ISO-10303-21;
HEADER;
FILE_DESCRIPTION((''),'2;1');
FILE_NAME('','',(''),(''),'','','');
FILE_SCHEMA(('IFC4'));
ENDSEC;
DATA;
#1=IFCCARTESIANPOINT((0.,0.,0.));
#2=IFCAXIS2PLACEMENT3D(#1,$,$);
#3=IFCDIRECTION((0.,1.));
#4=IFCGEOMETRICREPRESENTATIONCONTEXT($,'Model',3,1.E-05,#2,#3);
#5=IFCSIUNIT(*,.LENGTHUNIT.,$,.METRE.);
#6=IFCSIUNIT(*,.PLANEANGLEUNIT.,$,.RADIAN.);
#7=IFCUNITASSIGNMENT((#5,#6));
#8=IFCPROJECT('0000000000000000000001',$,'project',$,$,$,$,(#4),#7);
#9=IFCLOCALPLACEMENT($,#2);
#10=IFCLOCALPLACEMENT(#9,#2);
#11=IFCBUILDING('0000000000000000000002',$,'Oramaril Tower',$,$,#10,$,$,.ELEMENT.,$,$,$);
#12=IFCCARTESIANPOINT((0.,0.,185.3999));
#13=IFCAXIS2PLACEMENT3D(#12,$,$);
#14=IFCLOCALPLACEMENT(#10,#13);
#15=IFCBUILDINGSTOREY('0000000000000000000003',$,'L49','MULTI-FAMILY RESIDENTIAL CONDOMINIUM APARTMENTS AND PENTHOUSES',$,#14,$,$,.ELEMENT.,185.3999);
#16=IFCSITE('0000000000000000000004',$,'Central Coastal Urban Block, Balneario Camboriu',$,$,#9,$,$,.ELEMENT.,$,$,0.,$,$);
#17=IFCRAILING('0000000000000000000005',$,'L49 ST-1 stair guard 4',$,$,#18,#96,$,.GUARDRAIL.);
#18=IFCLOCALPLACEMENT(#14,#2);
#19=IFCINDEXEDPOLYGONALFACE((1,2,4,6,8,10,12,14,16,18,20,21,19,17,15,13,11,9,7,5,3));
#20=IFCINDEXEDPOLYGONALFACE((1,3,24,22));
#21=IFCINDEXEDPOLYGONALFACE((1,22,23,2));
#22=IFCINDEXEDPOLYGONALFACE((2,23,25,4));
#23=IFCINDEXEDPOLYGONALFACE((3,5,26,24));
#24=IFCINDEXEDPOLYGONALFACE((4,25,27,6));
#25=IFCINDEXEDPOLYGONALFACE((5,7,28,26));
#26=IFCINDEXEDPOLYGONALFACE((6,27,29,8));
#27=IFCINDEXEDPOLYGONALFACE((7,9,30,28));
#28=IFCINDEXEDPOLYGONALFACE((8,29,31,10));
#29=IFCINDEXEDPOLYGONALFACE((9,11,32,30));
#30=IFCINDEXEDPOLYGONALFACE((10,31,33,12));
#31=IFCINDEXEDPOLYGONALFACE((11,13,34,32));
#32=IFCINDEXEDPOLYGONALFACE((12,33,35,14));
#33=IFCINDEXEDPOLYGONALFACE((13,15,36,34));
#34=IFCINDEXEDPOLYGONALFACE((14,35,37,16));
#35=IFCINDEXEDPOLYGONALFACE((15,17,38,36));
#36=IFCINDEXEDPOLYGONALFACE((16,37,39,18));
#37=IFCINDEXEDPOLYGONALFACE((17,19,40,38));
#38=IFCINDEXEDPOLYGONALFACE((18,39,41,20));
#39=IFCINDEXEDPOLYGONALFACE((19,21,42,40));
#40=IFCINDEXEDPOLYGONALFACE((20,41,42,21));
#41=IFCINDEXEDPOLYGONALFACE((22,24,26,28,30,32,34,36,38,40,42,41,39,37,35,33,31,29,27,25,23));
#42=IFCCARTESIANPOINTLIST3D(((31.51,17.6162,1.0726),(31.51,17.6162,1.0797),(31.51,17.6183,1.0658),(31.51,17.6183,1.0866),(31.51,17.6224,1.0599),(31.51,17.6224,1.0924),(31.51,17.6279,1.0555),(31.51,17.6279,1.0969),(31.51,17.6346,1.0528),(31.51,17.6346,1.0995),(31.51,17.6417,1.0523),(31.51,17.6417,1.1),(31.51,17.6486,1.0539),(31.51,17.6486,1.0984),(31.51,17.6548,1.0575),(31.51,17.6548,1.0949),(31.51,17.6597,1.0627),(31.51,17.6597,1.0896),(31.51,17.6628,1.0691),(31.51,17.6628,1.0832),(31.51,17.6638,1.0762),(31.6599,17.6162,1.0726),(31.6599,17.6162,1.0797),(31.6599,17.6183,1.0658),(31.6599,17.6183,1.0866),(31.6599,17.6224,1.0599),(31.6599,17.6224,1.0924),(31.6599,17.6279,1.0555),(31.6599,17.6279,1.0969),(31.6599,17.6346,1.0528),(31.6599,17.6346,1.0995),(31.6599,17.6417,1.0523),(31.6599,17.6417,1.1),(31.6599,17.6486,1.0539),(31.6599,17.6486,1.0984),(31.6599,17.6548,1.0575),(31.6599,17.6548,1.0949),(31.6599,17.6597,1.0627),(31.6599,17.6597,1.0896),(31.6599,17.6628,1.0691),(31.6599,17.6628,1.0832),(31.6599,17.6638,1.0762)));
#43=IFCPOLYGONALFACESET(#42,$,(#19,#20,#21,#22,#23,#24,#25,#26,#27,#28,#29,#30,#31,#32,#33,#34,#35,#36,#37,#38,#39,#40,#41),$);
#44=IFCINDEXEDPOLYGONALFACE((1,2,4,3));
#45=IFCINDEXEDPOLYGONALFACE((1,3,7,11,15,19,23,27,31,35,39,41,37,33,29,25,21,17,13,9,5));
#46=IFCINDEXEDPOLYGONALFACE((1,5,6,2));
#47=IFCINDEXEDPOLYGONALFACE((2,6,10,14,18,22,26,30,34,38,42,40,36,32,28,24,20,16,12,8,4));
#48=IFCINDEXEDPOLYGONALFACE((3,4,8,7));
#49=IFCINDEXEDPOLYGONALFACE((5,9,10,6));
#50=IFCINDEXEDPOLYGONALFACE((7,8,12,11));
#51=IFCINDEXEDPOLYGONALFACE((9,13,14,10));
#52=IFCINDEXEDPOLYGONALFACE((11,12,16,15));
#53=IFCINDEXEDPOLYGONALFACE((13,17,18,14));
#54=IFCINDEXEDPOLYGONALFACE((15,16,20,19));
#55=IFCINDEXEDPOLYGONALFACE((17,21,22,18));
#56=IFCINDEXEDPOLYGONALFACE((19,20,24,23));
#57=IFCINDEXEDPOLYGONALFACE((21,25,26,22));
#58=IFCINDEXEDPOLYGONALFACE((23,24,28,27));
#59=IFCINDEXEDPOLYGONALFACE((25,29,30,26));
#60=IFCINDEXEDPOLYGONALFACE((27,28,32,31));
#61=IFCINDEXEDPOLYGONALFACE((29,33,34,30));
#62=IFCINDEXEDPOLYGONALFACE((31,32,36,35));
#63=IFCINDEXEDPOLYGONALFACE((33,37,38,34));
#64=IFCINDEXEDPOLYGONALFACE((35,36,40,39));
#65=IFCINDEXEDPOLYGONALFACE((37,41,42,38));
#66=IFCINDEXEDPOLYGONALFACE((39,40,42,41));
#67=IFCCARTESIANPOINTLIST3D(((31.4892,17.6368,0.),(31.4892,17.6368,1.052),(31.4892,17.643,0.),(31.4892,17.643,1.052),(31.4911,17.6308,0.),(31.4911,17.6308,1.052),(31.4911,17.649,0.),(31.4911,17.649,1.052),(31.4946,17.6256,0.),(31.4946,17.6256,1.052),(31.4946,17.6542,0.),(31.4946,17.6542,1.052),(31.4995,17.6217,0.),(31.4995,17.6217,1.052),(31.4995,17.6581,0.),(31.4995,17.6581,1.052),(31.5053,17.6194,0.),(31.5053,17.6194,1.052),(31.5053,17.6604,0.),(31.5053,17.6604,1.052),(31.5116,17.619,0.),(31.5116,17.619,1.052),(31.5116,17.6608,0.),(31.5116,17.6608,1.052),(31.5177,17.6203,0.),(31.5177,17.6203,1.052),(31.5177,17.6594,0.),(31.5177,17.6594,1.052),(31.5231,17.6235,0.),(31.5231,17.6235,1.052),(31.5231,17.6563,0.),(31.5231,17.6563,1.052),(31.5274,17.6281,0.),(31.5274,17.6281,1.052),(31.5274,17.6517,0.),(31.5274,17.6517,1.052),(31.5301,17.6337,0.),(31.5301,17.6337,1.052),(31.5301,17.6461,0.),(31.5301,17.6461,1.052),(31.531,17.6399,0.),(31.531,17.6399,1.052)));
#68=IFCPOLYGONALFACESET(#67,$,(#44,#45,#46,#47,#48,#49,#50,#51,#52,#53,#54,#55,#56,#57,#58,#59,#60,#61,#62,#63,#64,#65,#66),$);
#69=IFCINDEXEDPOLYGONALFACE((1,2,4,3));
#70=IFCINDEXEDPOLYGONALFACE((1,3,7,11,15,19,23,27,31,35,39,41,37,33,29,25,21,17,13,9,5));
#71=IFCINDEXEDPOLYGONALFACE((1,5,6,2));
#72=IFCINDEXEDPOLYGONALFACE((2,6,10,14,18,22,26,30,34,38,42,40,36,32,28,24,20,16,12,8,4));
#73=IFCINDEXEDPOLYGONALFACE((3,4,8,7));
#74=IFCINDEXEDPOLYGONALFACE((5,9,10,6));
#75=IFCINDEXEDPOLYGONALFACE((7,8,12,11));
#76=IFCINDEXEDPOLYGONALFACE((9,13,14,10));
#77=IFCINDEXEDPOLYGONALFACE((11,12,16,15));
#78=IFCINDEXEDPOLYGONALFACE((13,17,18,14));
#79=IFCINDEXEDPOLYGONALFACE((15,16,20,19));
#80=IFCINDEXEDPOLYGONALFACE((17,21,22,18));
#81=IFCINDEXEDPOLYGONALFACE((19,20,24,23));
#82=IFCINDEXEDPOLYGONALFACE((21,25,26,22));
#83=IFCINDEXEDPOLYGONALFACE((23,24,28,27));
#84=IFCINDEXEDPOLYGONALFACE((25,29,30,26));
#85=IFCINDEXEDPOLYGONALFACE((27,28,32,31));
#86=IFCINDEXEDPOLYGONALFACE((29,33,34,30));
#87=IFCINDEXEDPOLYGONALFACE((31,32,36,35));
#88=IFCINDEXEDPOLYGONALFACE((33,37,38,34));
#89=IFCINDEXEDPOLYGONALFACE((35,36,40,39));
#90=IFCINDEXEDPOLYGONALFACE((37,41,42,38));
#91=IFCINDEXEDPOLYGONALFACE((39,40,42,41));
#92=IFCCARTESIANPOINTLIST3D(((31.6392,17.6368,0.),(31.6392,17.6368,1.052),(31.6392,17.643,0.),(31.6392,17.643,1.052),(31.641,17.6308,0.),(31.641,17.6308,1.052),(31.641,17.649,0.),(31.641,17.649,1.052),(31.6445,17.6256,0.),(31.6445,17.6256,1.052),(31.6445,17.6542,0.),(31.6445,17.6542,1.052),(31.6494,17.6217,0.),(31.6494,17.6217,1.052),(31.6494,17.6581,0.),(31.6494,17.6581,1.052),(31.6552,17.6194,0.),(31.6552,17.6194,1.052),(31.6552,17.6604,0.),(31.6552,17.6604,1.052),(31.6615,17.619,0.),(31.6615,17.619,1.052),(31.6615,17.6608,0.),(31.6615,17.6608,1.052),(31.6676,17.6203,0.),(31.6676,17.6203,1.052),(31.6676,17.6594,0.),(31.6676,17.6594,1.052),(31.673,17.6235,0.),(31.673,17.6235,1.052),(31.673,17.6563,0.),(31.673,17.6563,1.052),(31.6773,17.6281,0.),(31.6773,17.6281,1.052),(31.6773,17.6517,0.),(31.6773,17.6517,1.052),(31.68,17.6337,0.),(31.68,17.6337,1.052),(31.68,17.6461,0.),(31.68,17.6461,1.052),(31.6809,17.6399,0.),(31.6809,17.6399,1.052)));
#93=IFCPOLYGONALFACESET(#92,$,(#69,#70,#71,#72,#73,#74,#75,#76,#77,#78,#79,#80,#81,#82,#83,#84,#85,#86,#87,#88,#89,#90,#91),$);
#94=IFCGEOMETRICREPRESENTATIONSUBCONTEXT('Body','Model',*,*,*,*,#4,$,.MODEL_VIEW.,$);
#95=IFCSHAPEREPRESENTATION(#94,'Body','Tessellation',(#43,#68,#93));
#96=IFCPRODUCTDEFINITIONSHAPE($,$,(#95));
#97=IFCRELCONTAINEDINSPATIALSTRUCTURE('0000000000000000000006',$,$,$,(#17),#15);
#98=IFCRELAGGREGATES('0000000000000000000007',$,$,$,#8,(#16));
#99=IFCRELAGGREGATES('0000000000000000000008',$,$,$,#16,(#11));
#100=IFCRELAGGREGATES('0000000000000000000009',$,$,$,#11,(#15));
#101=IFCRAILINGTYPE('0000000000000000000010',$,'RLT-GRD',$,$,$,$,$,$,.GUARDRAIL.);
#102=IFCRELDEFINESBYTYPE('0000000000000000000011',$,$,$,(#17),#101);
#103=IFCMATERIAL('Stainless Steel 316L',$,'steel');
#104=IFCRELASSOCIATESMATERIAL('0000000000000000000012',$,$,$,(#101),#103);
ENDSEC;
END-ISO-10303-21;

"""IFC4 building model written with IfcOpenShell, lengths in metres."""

from ifc_helpers import new_model, si_unit, direction, frame, origin, origin_2d, place, context, subcontext, project, spatial, circle, extrude, material, type_object, element, save


model = new_model("IFC4")

# Units and contexts
model_context = context("Model", 3, precision=1e-05, world=origin(), true_north=direction((0.0, 1.0)))
body_context = subcontext(model_context, "Body", "Model", "MODEL_VIEW")
ifc_project = project(units=[si_unit("LENGTHUNIT", "METRE"), si_unit("PLANEANGLEUNIT", "RADIAN")], contexts=[model_context])

# Site, building, storey
site_placement = place(None, origin())
site = spatial("IfcSite", under=ifc_project, at=site_placement, Name="Central Coastal Urban Block, Balneario Camboriu", CompositionType="ELEMENT", RefElevation=0.0)
building_placement = place(site_placement, origin())
building = spatial("IfcBuilding", under=site, at=building_placement, Name="Oramaril Tower", CompositionType="ELEMENT")
storey_placement = place(building_placement, frame((0.0, 0.0, 185.3999)))
storey = spatial("IfcBuildingStorey", under=building, at=storey_placement, Name="L49", Description="MULTI-FAMILY RESIDENTIAL CONDOMINIUM APARTMENTS AND PENTHOUSES", CompositionType="ELEMENT", Elevation=185.3999)

# Railing
ifc_material_1 = material(Name="Stainless Steel 316L", Category="steel")
railing_type_1 = type_object("IfcRailingType", Name="RLT-GRD", PredefinedType="GUARDRAIL", material=ifc_material_1)
railing_1_placement = place(storey_placement, frame((31.51, 17.6399, 0.0)))
element("IfcRailing", 1, at=railing_1_placement, inside=storey, type_object=railing_type_1, Name="L49 ST-1 stair guard 4", PredefinedType="GUARDRAIL", context=body_context, shape_type="SweptSolid", body=[
    extrude(circle(Radius=0.0239, at=origin_2d()), frame((0.0, 0.0, 1.0762), z_axis=(1.0, 0.0, 0.0), x_axis=(0.0, 1.0, 0.0)), (0.0, 0.0, 1.0), 0.1499),
    extrude(circle(Radius=0.021, at=origin_2d()), origin(), (0.0, 0.0, 1.0), 1.052),
    extrude(circle(Radius=0.021, at=origin_2d()), frame((0.1499, 0.0, 0.0)), (0.0, 0.0, 1.0), 1.052),
])

save(model, "model.ifc")
